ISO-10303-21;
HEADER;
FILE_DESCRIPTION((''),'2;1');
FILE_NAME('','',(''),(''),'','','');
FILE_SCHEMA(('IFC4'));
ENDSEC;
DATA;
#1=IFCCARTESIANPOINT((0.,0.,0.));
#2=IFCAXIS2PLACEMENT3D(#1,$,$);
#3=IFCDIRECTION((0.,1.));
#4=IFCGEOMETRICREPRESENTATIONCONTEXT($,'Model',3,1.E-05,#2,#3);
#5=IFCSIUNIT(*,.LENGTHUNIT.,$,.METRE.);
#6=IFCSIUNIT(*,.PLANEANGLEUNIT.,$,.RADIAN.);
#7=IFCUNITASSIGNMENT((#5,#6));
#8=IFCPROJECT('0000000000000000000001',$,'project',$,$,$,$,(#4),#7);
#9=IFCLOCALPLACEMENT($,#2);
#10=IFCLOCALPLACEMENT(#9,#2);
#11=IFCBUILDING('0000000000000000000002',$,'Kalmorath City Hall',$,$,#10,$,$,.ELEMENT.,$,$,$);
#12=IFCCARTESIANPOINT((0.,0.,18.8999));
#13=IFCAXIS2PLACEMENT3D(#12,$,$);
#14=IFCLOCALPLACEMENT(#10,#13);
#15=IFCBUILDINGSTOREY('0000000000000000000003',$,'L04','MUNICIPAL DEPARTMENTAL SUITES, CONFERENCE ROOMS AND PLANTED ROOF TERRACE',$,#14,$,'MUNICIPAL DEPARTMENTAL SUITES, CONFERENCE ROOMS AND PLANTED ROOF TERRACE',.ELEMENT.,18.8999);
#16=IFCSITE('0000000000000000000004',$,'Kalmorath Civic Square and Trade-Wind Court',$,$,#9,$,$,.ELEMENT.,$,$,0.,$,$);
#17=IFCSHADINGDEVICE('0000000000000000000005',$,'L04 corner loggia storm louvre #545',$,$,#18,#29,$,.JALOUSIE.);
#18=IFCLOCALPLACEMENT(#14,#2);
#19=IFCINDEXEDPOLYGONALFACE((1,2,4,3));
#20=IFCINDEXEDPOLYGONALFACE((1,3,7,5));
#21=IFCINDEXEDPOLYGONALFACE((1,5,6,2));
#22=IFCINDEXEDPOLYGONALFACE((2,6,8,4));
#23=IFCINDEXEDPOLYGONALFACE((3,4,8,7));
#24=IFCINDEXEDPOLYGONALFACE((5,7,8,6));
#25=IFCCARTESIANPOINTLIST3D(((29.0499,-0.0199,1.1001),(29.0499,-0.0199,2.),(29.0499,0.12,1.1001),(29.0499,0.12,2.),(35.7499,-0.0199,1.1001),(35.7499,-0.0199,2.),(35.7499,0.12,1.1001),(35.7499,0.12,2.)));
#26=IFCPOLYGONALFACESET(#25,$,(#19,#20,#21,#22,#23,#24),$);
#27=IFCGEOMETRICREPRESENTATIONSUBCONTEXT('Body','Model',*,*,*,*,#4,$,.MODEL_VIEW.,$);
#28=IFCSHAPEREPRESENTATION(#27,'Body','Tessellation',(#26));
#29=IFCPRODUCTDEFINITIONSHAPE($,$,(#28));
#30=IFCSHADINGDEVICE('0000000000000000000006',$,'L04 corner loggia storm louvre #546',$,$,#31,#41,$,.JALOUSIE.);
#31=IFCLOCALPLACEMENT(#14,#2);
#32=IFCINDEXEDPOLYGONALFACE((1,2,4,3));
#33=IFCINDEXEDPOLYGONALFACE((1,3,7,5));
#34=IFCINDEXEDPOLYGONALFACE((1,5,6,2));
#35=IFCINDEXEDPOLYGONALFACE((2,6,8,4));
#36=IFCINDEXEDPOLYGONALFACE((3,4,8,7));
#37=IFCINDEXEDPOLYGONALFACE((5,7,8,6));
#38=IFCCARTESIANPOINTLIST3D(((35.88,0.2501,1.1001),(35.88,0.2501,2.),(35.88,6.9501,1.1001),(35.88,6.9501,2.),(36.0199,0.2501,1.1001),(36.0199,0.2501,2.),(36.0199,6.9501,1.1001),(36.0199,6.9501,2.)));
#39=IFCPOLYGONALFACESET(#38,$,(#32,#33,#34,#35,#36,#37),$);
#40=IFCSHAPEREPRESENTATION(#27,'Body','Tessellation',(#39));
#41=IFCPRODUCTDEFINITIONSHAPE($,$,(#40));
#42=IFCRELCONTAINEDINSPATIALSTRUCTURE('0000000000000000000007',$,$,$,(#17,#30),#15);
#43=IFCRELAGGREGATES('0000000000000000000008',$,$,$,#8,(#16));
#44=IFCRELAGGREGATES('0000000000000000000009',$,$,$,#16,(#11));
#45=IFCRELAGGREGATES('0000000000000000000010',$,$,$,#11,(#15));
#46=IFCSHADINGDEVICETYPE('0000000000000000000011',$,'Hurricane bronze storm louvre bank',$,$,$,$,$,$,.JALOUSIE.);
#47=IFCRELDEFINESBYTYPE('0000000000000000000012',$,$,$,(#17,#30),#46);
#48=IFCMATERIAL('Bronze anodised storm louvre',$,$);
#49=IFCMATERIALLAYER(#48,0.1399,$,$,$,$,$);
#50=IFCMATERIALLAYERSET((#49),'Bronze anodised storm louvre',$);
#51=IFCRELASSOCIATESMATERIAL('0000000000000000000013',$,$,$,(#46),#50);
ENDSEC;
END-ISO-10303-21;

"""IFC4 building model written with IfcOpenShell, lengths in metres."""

from ifc_helpers import new_model, si_unit, direction, frame, origin, origin_2d, place, context, subcontext, project, spatial, rectangle, extrude, material, layer, layer_set, type_object, element, save


model = new_model("IFC4")

# Units and contexts
model_context = context("Model", 3, precision=1e-05, world=origin(), true_north=direction((0.0, 1.0)))
body_context = subcontext(model_context, "Body", "Model", "MODEL_VIEW")
ifc_project = project(units=[si_unit("LENGTHUNIT", "METRE"), si_unit("PLANEANGLEUNIT", "RADIAN")], contexts=[model_context])

# Site, building, storey
site_placement = place(None, origin())
site = spatial("IfcSite", under=ifc_project, at=site_placement, Name="Kalmorath Civic Square and Trade-Wind Court", CompositionType="ELEMENT", RefElevation=0.0)
building_placement = place(site_placement, origin())
building = spatial("IfcBuilding", under=site, at=building_placement, Name="Kalmorath City Hall", CompositionType="ELEMENT")
storey_placement = place(building_placement, frame((0.0, 0.0, 18.8999)))
storey = spatial("IfcBuildingStorey", under=building, at=storey_placement, Name="L04", Description="MUNICIPAL DEPARTMENTAL SUITES, CONFERENCE ROOMS AND PLANTED ROOF TERRACE", LongName="MUNICIPAL DEPARTMENTAL SUITES, CONFERENCE ROOMS AND PLANTED ROOF TERRACE", CompositionType="ELEMENT", Elevation=18.8999)

# Shading devices
ifc_material_1 = material(Name="Bronze anodised storm louvre")
ifc_layer_1 = layer(ifc_material_1, 0.1399)
ifc_layer_set_1 = layer_set([ifc_layer_1], Name="Bronze anodised storm louvre")
shading_device_type_1 = type_object("IfcShadingDeviceType", Name="Hurricane bronze storm louvre bank", PredefinedType="JALOUSIE", material=ifc_layer_set_1)
for number, where, z_axis, x_axis, name in (
    (1, (32.3999, 0.05, 1.1001), (0.0, 0.0, 1.0), (1.0, 0.0, 0.0), "L04 corner loggia storm louvre #545"),
    (2, (35.95, 3.6001, 1.1001), (0.0, 0.0, 1.0), (0.0, 1.0, 0.0), "L04 corner loggia storm louvre #546"),
):
    element("IfcShadingDevice", number, at=place(storey_placement, frame(where, z_axis=z_axis, x_axis=x_axis)), inside=storey, type_object=shading_device_type_1, Name=name, PredefinedType="JALOUSIE", context=body_context, shape_type="SweptSolid", body=[
        extrude(rectangle(XDim=6.7, YDim=0.1399, at=origin_2d()), origin(), (0.0, 0.0, 1.0), 0.8999),
    ])

save(model, "model.ifc")
